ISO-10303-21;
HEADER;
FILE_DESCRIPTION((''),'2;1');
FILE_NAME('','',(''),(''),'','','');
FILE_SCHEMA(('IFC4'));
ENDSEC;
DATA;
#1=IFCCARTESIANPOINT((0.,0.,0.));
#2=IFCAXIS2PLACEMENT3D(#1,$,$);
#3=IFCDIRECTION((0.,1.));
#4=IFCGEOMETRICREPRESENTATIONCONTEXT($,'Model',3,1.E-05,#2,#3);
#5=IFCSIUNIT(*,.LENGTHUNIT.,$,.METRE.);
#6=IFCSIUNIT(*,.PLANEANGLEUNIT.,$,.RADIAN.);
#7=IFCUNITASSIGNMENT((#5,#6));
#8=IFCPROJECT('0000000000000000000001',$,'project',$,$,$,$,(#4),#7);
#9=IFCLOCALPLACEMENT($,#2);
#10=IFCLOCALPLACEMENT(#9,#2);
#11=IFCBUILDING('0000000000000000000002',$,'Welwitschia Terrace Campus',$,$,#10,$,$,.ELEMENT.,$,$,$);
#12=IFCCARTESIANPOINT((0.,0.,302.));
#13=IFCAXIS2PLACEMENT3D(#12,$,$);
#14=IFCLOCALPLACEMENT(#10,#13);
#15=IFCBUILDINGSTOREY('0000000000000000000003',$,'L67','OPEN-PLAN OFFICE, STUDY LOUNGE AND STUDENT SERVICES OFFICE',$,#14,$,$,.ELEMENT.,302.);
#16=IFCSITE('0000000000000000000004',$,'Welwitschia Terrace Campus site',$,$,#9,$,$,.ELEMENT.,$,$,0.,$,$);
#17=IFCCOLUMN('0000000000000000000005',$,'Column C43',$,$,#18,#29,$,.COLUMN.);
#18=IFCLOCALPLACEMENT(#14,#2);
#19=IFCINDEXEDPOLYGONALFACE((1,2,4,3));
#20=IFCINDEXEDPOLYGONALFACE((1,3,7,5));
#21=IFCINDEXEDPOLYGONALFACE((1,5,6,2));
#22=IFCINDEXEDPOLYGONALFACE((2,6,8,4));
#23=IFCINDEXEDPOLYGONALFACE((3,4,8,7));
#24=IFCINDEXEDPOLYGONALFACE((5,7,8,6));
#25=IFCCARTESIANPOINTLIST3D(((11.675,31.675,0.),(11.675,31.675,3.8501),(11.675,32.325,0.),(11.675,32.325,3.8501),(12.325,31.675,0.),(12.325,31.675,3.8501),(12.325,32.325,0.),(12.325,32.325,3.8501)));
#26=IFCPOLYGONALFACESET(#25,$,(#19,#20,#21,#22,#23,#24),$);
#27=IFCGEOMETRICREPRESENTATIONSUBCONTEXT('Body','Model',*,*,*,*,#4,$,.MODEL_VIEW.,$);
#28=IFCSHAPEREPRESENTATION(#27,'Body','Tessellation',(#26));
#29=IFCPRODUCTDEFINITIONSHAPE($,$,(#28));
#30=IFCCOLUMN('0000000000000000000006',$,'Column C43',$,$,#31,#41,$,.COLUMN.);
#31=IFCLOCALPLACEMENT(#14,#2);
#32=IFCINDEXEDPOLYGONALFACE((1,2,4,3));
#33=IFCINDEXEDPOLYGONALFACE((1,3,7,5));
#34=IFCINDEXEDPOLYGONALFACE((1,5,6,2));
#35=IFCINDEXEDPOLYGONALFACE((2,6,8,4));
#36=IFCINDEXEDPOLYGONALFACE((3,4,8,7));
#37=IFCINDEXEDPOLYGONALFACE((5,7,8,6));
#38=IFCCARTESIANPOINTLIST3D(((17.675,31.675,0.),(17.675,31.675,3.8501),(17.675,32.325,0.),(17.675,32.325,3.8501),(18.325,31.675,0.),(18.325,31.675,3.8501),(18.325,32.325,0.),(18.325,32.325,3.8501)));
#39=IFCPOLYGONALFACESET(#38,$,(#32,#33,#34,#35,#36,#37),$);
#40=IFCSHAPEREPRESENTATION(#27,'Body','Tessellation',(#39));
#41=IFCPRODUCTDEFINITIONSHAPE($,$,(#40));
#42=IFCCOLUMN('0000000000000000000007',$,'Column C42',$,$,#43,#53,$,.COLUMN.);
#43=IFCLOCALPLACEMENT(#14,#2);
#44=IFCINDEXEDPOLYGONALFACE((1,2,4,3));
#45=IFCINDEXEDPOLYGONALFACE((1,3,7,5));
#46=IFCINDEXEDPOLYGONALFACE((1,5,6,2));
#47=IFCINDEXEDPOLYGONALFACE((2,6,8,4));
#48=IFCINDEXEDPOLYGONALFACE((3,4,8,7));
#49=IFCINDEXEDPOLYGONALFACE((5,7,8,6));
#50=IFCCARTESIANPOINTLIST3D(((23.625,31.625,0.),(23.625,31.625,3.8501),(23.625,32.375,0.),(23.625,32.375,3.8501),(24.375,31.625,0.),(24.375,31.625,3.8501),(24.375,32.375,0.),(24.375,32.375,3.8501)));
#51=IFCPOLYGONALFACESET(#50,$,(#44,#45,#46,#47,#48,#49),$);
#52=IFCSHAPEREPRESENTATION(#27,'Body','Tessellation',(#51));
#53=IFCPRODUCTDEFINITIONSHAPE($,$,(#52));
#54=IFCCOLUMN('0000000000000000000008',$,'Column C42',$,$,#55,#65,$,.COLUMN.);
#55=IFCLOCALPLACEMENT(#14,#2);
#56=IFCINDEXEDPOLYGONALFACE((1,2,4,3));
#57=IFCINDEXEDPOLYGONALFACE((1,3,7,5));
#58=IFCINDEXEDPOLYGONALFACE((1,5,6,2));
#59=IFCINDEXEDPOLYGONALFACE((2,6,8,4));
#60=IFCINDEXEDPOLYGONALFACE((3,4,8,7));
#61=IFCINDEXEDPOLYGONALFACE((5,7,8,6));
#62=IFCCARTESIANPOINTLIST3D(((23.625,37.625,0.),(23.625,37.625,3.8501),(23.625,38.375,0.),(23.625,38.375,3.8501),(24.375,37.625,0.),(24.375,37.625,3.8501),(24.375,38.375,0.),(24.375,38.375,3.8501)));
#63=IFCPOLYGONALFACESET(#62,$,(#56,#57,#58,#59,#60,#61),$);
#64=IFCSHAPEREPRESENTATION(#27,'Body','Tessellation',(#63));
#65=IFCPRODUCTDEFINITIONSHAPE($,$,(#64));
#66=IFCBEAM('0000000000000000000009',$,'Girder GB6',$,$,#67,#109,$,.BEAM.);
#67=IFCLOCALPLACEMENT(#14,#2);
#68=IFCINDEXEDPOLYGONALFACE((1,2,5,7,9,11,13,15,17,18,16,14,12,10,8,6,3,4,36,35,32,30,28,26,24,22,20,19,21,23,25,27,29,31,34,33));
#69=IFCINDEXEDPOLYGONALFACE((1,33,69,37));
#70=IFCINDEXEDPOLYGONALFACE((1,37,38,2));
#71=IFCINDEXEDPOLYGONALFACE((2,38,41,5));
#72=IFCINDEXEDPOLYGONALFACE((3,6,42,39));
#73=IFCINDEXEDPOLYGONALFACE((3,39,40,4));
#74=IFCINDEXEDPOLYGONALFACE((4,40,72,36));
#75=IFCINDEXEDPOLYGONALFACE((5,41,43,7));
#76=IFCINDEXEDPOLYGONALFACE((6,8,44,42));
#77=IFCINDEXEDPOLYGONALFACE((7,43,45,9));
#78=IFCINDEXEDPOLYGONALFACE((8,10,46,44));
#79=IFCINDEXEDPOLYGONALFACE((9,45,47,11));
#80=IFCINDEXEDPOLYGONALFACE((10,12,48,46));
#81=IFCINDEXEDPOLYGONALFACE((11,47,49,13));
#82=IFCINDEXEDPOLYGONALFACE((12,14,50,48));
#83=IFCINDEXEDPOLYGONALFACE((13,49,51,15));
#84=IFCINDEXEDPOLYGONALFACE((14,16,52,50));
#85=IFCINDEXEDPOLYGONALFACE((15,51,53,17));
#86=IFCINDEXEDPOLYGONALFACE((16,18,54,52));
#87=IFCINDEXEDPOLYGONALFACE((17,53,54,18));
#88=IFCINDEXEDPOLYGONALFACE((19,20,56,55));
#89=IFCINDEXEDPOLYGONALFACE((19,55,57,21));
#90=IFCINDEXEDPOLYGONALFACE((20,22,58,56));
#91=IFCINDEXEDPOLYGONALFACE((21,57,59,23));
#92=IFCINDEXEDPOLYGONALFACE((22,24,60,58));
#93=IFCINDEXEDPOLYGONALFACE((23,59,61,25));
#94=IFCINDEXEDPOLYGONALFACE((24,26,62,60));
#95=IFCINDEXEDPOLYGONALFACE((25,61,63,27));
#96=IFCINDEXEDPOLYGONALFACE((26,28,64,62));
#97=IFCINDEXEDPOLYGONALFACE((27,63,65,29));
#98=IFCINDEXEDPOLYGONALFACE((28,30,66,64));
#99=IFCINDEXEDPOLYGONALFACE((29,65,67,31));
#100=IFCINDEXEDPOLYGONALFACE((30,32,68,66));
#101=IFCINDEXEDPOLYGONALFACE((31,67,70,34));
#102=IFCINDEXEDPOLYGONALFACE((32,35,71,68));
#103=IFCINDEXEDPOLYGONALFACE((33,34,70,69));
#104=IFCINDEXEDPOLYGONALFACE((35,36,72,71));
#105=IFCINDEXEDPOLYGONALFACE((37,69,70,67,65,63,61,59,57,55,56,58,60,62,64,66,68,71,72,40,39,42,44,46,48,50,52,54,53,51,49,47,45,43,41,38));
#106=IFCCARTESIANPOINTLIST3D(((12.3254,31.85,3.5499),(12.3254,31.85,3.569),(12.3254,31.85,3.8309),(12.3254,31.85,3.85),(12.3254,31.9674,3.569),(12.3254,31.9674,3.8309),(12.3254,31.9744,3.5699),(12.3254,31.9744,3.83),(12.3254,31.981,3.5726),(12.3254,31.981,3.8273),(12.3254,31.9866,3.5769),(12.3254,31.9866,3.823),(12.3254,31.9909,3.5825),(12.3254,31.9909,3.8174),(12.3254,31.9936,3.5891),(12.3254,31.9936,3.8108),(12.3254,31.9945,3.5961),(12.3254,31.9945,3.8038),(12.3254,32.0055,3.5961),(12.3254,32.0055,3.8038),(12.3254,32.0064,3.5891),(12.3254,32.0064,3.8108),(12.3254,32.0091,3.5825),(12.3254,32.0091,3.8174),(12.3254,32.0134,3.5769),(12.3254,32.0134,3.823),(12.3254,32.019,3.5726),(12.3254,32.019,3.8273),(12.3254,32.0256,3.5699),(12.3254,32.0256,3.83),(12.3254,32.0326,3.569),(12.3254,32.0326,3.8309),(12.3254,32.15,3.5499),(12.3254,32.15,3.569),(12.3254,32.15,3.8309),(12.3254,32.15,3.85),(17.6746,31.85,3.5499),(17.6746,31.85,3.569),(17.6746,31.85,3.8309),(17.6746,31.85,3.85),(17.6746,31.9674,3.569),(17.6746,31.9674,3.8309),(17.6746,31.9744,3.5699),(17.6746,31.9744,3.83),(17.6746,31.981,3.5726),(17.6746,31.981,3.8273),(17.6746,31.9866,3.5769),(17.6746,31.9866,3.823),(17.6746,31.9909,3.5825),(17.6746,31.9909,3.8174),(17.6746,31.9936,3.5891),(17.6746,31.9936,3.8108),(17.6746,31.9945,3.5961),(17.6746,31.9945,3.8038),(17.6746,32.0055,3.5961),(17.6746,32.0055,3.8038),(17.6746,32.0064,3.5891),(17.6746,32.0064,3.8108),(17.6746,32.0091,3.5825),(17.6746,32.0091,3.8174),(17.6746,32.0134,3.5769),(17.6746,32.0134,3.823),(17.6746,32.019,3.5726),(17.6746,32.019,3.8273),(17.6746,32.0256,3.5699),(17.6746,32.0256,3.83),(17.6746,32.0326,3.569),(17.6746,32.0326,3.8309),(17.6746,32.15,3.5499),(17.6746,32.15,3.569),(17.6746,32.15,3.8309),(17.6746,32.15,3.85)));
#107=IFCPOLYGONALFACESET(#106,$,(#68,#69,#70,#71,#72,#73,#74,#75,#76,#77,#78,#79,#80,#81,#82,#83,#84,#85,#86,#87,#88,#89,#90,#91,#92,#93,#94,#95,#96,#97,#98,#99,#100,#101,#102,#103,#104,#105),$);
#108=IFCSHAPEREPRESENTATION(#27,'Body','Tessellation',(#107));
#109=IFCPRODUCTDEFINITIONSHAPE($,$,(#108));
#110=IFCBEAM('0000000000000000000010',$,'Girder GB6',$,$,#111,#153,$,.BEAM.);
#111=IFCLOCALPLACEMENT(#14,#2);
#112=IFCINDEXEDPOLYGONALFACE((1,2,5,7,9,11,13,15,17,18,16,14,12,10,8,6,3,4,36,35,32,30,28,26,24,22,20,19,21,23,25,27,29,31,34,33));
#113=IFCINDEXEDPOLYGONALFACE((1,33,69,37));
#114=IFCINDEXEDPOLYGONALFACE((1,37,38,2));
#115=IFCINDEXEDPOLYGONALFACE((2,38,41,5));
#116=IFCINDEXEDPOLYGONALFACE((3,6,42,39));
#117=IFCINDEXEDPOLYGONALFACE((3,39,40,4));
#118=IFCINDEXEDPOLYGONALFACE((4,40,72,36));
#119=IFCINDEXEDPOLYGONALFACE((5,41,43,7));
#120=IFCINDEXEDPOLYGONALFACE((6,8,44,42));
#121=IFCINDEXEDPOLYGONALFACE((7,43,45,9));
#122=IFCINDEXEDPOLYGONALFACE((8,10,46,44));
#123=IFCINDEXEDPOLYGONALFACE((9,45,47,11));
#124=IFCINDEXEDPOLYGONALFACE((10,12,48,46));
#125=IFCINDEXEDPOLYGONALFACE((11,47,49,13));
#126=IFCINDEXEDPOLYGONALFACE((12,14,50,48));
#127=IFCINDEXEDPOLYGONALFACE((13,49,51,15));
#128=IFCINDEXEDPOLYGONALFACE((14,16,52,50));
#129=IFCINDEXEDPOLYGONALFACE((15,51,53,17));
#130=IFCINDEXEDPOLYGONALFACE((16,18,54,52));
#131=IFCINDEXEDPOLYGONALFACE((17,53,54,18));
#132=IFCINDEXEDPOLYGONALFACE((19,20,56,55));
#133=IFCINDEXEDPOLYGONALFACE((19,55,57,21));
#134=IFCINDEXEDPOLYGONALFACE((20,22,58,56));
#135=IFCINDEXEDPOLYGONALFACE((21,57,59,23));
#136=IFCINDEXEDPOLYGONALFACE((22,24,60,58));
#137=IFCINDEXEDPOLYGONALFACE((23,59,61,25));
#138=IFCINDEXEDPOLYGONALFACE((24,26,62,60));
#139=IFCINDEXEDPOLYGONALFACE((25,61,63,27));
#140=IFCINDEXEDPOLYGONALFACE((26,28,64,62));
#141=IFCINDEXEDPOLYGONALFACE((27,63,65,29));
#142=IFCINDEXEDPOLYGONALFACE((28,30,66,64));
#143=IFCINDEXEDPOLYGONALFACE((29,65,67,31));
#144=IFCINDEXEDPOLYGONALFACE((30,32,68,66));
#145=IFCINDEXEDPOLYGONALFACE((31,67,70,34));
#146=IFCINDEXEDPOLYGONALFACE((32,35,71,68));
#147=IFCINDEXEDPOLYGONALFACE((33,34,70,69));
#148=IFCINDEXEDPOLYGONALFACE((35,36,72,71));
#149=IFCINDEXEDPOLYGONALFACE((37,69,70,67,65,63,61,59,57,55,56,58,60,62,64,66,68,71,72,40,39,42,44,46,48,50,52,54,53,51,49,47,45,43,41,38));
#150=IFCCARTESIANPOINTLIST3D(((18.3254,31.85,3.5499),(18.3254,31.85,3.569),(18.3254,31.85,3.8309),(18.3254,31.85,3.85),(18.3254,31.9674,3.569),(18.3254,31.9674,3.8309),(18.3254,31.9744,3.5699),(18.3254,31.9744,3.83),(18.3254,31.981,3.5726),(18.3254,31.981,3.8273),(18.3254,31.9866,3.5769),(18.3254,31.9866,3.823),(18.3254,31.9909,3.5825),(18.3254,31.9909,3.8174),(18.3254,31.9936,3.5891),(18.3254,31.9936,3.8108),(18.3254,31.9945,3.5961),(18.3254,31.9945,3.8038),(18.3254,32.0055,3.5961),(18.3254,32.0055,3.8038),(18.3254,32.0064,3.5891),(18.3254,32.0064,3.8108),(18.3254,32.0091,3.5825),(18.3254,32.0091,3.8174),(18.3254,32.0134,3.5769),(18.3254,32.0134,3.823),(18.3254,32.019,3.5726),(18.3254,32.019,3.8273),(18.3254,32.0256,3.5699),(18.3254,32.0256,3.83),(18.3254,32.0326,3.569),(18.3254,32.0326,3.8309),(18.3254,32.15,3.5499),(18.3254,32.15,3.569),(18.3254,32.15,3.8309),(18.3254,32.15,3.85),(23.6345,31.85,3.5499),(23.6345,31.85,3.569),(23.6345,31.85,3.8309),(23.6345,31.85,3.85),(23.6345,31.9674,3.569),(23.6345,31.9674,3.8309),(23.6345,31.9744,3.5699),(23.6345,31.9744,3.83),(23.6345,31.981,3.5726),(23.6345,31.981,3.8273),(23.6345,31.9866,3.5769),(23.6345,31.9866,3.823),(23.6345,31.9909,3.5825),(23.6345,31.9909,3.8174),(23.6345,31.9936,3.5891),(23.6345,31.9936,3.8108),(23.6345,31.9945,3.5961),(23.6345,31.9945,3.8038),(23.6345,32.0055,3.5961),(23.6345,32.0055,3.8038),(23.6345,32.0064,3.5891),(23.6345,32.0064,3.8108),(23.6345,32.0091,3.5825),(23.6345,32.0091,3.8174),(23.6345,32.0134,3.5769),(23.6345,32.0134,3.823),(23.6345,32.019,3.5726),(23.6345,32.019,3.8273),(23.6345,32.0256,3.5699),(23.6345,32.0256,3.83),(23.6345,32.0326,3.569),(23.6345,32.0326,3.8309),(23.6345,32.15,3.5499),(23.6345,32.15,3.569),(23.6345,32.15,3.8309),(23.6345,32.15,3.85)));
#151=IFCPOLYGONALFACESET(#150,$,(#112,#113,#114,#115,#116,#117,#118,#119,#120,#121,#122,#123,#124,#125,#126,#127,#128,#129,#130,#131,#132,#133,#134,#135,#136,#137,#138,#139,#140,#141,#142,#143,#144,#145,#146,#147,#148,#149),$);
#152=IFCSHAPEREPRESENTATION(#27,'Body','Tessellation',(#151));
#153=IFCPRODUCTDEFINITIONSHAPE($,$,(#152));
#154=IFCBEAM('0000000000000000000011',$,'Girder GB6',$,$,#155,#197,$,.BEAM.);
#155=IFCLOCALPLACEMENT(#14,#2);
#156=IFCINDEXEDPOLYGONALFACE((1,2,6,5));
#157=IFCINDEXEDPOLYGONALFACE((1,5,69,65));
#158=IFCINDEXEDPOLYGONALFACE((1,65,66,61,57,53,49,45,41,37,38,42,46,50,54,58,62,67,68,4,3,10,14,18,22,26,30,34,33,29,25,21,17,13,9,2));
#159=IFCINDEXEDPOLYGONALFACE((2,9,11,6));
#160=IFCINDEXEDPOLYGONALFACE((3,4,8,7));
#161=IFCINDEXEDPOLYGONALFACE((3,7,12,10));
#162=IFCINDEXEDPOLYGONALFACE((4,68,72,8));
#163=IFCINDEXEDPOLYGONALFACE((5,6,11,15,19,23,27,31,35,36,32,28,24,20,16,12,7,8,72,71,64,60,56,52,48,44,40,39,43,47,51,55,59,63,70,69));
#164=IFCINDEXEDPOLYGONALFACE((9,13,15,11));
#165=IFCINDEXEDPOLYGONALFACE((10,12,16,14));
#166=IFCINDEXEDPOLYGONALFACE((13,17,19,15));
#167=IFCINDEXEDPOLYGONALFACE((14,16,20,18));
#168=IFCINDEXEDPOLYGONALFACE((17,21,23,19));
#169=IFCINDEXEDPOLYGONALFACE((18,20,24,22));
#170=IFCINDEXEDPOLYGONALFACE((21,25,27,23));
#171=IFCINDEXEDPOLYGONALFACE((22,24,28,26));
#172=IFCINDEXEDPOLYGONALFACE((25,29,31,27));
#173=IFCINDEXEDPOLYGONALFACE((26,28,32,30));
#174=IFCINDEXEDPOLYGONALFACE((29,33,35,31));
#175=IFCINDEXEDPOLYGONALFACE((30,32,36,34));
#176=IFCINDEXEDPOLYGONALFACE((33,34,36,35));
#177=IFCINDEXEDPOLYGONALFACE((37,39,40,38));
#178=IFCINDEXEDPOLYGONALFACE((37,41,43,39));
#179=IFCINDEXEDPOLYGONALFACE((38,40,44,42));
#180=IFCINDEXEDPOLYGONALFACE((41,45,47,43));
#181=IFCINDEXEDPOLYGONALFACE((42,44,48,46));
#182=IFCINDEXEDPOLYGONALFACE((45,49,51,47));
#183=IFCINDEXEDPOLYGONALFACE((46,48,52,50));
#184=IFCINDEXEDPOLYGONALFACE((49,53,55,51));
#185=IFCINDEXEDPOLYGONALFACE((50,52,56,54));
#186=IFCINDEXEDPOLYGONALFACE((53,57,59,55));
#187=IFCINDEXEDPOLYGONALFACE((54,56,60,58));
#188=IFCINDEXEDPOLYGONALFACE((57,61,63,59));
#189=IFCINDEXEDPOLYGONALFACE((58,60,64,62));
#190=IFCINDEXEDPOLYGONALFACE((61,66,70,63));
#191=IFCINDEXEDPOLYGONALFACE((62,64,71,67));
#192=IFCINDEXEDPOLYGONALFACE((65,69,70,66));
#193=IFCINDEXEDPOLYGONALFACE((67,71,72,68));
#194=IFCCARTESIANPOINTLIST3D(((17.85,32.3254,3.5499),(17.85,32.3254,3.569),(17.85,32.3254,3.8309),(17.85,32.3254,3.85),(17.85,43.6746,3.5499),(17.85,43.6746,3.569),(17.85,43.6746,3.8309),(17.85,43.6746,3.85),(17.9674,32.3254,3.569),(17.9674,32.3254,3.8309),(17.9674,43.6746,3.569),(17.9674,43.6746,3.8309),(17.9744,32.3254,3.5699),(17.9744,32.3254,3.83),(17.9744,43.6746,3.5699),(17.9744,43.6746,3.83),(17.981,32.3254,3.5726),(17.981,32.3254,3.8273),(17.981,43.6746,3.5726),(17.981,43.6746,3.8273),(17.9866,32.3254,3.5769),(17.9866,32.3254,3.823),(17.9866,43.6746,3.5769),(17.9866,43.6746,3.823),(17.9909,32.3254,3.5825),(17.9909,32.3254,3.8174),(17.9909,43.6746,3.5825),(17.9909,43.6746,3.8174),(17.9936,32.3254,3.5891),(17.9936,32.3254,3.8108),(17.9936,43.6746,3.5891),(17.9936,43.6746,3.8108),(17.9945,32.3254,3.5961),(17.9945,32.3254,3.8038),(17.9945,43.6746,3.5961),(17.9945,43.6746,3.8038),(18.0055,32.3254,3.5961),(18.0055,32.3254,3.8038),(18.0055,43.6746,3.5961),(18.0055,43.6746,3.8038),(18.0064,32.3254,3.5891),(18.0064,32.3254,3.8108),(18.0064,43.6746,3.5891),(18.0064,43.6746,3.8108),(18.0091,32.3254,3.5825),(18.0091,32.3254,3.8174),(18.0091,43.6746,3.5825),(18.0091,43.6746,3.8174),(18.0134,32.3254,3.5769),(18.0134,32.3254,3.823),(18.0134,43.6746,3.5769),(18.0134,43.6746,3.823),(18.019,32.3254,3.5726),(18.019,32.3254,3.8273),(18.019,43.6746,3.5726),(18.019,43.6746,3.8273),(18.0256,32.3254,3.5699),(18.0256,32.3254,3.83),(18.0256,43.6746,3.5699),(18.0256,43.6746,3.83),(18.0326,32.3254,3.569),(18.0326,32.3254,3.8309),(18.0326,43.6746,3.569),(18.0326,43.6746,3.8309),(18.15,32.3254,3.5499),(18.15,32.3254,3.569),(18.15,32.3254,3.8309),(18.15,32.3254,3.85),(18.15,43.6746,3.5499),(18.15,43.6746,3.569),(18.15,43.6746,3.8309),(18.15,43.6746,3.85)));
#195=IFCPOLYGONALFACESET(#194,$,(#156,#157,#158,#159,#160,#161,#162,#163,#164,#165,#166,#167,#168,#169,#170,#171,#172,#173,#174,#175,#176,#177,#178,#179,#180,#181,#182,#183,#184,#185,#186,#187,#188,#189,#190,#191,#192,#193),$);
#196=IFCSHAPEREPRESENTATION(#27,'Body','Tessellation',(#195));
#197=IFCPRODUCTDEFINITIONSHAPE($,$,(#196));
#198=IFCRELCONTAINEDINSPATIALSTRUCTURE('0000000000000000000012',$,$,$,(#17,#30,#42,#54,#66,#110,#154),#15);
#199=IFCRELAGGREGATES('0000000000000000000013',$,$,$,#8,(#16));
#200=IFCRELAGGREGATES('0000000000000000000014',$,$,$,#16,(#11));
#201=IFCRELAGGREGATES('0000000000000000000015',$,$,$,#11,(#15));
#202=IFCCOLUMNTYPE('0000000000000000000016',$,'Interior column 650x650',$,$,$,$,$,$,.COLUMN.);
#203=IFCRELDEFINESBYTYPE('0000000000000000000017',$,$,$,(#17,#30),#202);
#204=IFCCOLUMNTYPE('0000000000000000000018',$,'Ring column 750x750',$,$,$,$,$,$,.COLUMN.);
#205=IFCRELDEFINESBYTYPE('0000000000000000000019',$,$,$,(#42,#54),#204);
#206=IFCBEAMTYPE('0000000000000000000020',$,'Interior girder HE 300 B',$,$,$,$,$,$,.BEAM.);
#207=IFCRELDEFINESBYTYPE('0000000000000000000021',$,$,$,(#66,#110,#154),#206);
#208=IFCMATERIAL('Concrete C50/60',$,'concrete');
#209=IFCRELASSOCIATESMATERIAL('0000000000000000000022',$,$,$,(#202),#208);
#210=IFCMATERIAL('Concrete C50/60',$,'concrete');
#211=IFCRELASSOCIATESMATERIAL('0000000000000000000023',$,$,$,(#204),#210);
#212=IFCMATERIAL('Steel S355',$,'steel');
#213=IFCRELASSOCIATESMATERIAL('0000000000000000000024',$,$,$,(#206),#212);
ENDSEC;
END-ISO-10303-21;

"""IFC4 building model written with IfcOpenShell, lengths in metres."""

from ifc_helpers import new_model, si_unit, direction, frame, origin, origin_2d, place, context, subcontext, project, spatial, rectangle, i_section, extrude, material, material_profile, profile_set, type_object, element, save


model = new_model("IFC4")

# Units and contexts
model_context = context("Model", 3, precision=1e-05, world=origin(), true_north=direction((0.0, 1.0)))
body_context = subcontext(model_context, "Body", "Model", "MODEL_VIEW")
ifc_project = project(units=[si_unit("LENGTHUNIT", "METRE"), si_unit("PLANEANGLEUNIT", "RADIAN")], contexts=[model_context])

# Site, building, storey
site_placement = place(None, origin())
site = spatial("IfcSite", under=ifc_project, at=site_placement, Name="Welwitschia Terrace Campus site", CompositionType="ELEMENT", RefElevation=0.0)
building_placement = place(site_placement, origin())
building = spatial("IfcBuilding", under=site, at=building_placement, Name="Welwitschia Terrace Campus", CompositionType="ELEMENT")
storey_placement = place(building_placement, frame((0.0, 0.0, 302.0)))
storey = spatial("IfcBuildingStorey", under=building, at=storey_placement, Name="L67", Description="OPEN-PLAN OFFICE, STUDY LOUNGE AND STUDENT SERVICES OFFICE", CompositionType="ELEMENT", Elevation=302.0)

# Columns
ifc_material_1 = material(Name="Concrete C50/60", Category="concrete")
ifc_material_profile_1 = material_profile(ifc_material_1, rectangle(XDim=0.6499, YDim=0.6499, at=origin_2d()))
ifc_profile_set_1 = profile_set([ifc_material_profile_1], Name="Concrete C50/60")
column_type_1 = type_object("IfcColumnType", Name="Interior column 650x650", PredefinedType="COLUMN", material=ifc_profile_set_1)
for number, where, z_axis, x_axis, name in (
    (1, (12.0, 32.0, 0.0), (0.0, 0.0, 1.0), (1.0, 0.0, 0.0), "Column C43"),
    (2, (18.0, 32.0, 0.0), (0.0, 0.0, 1.0), (1.0, 0.0, 0.0), "Column C43"),
):
    element("IfcColumn", number, at=place(storey_placement, frame(where, z_axis=z_axis, x_axis=x_axis)), inside=storey, type_object=column_type_1, Name=name, PredefinedType="COLUMN", context=body_context, shape_type="SweptSolid", body=[
        extrude(rectangle(XDim=0.6499, YDim=0.6499, at=origin_2d()), origin(), (0.0, 0.0, 1.0), 3.8501),
    ])
ifc_material_2 = material(Name="Concrete C50/60", Category="concrete")
ifc_material_profile_2 = material_profile(ifc_material_2, rectangle(XDim=0.75, YDim=0.75, at=origin_2d()))
ifc_profile_set_2 = profile_set([ifc_material_profile_2], Name="Concrete C50/60")
column_type_2 = type_object("IfcColumnType", Name="Ring column 750x750", PredefinedType="COLUMN", material=ifc_profile_set_2)
for number, where, z_axis, x_axis, name in (
    (3, (24.0, 32.0, 0.0), (0.0, 0.0, 1.0), (1.0, 0.0, 0.0), "Column C42"),
    (4, (24.0, 38.0, 0.0), (0.0, 0.0, 1.0), (1.0, 0.0, 0.0), "Column C42"),
):
    element("IfcColumn", number, at=place(storey_placement, frame(where, z_axis=z_axis, x_axis=x_axis)), inside=storey, type_object=column_type_2, Name=name, PredefinedType="COLUMN", context=body_context, shape_type="SweptSolid", body=[
        extrude(rectangle(XDim=0.75, YDim=0.75, at=origin_2d()), origin(), (0.0, 0.0, 1.0), 3.8501),
    ])

# Beams
ifc_material_3 = material(Name="Steel S355", Category="steel")
ifc_material_profile_3 = material_profile(ifc_material_3, i_section(OverallWidth=0.3, OverallDepth=0.3, WebThickness=0.011, FlangeThickness=0.019, FilletRadius=0.0271, at=origin_2d()))
ifc_profile_set_3 = profile_set([ifc_material_profile_3], Name="Steel S355")
beam_type_1 = type_object("IfcBeamType", Name="Interior girder HE 300 B", PredefinedType="BEAM", material=ifc_profile_set_3)
beam_1_placement = place(storey_placement, frame((12.3254, 32.0, 3.7), z_axis=(1.0, 0.0, 0.0), x_axis=(0.0, 1.0, 0.0)))
element("IfcBeam", 5, at=beam_1_placement, inside=storey, type_object=beam_type_1, Name="Girder GB6", PredefinedType="BEAM", context=body_context, shape_type="SweptSolid", body=[
    extrude(i_section(OverallWidth=0.3, OverallDepth=0.3, WebThickness=0.011, FlangeThickness=0.019, FilletRadius=0.0271, at=origin_2d()), origin(), (0.0, 0.0, 1.0), 5.3491),
])
beam_2_placement = place(storey_placement, frame((18.3254, 32.0, 3.7), z_axis=(1.0, 0.0, 0.0), x_axis=(0.0, 1.0, 0.0)))
element("IfcBeam", 6, at=beam_2_placement, inside=storey, type_object=beam_type_1, Name="Girder GB6", PredefinedType="BEAM", context=body_context, shape_type="SweptSolid", body=[
    extrude(i_section(OverallWidth=0.3, OverallDepth=0.3, WebThickness=0.011, FlangeThickness=0.019, FilletRadius=0.0271, at=origin_2d()), origin(), (0.0, 0.0, 1.0), 5.3091),
])
beam_3_placement = place(storey_placement, frame((18.0, 32.3254, 3.7), z_axis=(0.0, 1.0, 0.0), x_axis=(-1.0, 0.0, 0.0)))
element("IfcBeam", 7, at=beam_3_placement, inside=storey, type_object=beam_type_1, Name="Girder GB6", PredefinedType="BEAM", context=body_context, shape_type="SweptSolid", body=[
    extrude(i_section(OverallWidth=0.3, OverallDepth=0.3, WebThickness=0.011, FlangeThickness=0.019, FilletRadius=0.0271, at=origin_2d()), origin(), (0.0, 0.0, 1.0), 11.3491),
])

save(model, "model.ifc")
